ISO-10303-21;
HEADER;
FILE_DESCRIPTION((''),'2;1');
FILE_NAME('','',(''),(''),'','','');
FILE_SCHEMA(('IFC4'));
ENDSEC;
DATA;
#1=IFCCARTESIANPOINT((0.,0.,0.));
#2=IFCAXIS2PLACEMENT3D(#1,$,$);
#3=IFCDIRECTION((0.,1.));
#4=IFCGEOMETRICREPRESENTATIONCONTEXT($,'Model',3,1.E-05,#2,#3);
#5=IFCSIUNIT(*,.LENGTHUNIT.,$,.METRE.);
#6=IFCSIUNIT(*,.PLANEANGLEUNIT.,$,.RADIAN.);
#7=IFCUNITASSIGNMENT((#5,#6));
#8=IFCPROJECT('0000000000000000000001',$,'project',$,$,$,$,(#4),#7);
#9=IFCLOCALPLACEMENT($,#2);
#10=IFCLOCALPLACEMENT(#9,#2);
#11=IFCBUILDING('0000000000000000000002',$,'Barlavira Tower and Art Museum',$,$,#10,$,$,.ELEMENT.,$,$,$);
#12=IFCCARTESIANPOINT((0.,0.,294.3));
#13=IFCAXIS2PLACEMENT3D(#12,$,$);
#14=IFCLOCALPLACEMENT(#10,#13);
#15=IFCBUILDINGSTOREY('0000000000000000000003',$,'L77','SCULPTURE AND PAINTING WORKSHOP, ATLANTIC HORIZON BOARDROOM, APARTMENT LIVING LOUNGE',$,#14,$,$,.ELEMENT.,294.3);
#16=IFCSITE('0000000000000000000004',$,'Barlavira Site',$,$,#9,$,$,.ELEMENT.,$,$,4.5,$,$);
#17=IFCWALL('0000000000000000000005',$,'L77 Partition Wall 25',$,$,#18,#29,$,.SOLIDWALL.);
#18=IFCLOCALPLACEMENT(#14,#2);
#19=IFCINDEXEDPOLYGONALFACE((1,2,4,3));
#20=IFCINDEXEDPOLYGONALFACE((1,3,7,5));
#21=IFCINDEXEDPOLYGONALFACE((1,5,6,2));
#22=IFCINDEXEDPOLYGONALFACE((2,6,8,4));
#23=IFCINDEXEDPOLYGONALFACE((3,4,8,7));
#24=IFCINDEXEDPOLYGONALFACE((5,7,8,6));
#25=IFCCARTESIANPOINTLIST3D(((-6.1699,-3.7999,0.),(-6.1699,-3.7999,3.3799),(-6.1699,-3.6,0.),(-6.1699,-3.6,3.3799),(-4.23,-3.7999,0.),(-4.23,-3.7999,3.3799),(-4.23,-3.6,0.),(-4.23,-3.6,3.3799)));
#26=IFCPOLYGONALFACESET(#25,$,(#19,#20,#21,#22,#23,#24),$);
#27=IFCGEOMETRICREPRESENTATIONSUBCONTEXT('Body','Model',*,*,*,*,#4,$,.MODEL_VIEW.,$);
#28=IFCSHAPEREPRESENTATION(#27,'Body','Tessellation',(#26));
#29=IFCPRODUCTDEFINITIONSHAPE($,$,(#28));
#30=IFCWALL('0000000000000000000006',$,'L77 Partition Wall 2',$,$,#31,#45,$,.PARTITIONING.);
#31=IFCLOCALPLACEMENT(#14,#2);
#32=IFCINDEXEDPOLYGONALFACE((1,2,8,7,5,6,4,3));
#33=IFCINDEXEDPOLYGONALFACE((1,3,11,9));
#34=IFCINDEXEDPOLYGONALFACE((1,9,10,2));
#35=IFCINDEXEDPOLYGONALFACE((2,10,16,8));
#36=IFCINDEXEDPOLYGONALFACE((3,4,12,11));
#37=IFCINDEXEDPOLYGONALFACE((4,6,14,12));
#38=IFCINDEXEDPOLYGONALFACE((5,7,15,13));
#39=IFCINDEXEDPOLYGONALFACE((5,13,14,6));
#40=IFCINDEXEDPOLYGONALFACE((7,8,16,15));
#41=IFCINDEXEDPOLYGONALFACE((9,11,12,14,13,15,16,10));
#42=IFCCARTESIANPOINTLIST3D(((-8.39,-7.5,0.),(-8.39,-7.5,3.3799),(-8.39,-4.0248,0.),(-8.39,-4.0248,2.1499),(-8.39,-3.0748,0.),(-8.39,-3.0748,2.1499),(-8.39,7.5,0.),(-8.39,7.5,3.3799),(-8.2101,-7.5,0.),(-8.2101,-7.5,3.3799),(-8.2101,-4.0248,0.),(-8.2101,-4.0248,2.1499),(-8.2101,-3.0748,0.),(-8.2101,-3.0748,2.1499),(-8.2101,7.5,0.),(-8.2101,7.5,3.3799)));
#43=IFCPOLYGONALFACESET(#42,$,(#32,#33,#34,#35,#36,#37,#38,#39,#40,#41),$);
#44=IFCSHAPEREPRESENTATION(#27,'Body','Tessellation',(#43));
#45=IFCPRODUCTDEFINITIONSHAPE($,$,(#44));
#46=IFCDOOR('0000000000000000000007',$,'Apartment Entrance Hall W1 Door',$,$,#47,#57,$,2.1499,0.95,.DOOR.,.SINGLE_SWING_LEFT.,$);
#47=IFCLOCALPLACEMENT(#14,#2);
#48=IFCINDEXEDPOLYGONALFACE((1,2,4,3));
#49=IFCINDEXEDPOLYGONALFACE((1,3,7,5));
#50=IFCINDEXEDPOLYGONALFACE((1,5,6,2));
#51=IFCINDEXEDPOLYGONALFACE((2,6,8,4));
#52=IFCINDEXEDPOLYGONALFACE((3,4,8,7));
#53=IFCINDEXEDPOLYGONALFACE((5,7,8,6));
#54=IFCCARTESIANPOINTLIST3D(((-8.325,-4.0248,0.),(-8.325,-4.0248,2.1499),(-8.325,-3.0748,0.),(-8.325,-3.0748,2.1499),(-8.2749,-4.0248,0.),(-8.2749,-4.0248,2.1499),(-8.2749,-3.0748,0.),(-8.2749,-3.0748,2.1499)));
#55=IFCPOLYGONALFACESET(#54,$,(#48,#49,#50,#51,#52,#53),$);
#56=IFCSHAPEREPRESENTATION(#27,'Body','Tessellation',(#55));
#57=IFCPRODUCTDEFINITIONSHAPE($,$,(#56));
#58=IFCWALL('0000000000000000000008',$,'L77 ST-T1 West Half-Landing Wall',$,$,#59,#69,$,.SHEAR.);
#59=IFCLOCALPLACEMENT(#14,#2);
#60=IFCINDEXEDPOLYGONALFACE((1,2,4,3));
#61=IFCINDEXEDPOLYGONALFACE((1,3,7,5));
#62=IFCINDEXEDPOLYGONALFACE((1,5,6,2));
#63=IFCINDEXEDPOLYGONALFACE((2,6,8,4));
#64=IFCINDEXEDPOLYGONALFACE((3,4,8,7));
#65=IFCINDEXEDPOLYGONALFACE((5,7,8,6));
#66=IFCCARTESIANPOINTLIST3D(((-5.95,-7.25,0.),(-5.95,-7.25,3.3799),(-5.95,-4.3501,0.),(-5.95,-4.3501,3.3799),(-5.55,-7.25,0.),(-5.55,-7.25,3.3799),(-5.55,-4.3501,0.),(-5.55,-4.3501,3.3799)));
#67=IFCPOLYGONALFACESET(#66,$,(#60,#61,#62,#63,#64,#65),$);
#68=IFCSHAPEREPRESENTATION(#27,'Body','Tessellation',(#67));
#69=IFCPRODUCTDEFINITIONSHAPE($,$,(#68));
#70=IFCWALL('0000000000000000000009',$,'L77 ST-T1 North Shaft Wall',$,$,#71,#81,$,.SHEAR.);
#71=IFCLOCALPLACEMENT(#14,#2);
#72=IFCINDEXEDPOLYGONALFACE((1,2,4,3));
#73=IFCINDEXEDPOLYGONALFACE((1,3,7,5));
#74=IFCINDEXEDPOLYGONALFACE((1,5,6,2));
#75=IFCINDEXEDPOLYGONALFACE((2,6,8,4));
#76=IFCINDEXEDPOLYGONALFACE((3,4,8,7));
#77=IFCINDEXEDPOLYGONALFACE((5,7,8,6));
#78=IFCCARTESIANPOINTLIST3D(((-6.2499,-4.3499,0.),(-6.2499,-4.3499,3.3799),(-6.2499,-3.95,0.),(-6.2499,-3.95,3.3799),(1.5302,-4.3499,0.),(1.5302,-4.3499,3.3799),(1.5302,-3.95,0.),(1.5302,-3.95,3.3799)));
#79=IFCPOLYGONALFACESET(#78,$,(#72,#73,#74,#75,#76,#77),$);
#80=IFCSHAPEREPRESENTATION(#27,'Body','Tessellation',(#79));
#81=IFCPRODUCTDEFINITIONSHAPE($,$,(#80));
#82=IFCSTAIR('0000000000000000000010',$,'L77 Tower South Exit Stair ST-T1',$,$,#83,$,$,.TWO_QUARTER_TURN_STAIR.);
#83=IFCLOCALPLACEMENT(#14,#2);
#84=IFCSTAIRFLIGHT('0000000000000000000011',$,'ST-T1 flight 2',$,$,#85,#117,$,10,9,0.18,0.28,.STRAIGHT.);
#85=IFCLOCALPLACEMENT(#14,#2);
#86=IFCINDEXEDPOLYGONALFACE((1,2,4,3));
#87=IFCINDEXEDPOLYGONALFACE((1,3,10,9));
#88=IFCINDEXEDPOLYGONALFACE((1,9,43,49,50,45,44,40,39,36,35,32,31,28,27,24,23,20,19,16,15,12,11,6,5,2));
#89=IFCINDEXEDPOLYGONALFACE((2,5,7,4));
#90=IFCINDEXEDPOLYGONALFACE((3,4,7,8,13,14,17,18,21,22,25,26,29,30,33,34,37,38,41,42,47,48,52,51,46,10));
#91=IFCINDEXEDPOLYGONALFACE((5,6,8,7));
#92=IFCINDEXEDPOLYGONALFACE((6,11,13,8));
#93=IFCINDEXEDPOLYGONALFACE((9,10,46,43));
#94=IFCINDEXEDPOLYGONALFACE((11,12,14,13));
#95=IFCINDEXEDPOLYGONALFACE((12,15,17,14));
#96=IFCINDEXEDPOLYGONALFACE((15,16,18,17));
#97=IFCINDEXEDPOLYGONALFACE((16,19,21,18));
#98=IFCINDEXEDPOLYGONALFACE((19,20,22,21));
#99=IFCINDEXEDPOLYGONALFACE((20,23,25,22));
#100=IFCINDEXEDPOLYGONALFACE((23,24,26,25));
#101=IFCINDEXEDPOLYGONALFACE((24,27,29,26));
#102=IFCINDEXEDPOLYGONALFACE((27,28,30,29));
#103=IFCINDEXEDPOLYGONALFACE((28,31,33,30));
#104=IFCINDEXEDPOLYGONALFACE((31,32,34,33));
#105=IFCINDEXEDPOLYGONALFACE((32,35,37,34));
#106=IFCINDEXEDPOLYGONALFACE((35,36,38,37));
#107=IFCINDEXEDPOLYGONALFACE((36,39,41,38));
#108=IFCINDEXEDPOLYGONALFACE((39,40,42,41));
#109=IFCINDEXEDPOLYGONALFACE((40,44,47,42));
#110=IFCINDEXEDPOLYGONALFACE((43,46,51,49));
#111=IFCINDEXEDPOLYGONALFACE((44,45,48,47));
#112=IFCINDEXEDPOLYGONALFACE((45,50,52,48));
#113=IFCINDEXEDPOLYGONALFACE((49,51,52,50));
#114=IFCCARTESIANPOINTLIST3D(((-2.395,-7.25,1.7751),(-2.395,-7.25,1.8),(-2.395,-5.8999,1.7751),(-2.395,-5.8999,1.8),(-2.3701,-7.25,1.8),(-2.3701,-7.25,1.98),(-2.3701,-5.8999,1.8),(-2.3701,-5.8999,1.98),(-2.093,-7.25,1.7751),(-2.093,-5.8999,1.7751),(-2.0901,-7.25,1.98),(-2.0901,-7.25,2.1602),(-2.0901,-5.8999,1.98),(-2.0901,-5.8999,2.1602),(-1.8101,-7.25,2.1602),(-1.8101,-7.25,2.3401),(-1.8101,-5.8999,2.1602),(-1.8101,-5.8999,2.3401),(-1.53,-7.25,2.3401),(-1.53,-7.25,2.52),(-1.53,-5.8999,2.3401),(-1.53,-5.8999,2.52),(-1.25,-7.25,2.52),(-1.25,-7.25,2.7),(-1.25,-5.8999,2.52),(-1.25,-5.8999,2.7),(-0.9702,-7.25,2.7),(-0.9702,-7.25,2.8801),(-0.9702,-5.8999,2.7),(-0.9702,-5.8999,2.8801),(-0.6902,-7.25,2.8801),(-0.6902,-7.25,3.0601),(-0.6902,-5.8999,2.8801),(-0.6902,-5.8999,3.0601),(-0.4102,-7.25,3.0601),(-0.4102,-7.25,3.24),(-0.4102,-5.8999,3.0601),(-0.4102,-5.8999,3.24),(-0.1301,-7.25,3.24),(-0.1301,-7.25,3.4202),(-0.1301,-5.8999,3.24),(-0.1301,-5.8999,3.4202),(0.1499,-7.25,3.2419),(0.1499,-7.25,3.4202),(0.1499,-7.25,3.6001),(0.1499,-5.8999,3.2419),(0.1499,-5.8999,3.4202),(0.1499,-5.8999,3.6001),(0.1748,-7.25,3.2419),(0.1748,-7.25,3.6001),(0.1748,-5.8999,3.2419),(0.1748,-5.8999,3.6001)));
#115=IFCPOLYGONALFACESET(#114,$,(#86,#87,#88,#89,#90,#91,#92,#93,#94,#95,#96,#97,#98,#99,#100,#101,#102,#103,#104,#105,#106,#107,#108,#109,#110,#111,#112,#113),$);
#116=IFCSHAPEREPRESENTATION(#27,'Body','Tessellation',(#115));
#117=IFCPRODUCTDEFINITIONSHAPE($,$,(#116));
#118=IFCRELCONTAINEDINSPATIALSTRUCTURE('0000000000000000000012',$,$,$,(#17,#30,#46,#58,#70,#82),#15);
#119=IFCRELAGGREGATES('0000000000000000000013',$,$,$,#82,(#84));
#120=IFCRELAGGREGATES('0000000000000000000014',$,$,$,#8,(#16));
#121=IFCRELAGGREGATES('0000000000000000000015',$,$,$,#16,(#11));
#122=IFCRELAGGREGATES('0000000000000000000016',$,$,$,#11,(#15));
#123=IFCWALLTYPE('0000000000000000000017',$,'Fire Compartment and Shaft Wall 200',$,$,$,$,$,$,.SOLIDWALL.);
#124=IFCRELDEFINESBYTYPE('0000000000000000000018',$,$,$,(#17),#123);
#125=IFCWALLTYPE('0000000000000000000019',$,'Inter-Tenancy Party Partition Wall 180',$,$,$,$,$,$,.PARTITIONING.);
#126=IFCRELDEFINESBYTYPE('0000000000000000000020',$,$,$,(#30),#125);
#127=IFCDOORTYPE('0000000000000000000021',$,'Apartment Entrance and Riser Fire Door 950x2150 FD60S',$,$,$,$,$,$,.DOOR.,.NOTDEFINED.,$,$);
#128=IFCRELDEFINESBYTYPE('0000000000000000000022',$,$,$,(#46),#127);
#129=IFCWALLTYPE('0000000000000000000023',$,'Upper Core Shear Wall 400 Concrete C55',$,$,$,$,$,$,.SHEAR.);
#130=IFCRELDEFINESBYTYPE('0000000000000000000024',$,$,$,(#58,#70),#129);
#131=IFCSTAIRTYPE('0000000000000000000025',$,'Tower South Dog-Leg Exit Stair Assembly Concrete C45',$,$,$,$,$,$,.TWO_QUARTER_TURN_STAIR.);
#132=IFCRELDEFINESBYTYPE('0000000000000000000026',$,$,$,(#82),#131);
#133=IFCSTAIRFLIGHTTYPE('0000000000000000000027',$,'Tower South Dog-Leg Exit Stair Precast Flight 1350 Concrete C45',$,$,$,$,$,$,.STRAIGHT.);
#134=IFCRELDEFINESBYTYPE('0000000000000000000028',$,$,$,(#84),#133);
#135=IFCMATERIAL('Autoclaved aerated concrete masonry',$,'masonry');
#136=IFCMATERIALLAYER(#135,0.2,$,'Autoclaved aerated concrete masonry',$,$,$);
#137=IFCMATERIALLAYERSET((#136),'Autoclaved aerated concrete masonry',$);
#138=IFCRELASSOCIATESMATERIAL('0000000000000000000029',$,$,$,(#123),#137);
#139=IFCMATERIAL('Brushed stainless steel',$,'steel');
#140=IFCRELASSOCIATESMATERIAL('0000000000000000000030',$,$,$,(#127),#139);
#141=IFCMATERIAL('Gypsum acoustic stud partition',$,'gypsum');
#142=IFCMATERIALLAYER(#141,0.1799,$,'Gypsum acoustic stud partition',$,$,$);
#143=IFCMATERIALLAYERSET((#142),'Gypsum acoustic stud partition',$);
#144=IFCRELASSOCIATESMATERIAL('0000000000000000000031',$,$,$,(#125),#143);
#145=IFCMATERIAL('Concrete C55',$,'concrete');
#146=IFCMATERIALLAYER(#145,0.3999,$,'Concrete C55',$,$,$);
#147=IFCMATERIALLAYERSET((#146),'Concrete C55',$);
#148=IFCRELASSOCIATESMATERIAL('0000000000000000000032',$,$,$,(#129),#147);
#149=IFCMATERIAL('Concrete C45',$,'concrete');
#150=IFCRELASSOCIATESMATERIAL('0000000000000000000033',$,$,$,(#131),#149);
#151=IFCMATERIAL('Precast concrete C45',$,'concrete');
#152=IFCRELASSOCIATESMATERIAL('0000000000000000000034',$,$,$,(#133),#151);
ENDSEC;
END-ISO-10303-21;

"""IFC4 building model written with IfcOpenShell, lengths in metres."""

from ifc_helpers import new_model, si_unit, direction, frame, frame_2d, origin, place, context, subcontext, project, spatial, polyline, rectangle, outline, extrude, material, layer, layer_set, type_object, element, fill, aggregate, save


model = new_model("IFC4")

# Units and contexts
model_context = context("Model", 3, precision=1e-05, world=origin(), true_north=direction((0.0, 1.0)))
body_context = subcontext(model_context, "Body", "Model", "MODEL_VIEW")
ifc_project = project(units=[si_unit("LENGTHUNIT", "METRE"), si_unit("PLANEANGLEUNIT", "RADIAN")], contexts=[model_context])

# Site, building, storey
site_placement = place(None, origin())
site = spatial("IfcSite", under=ifc_project, at=site_placement, Name="Barlavira Site", CompositionType="ELEMENT", RefElevation=4.5)
building_placement = place(site_placement, origin())
building = spatial("IfcBuilding", under=site, at=building_placement, Name="Barlavira Tower and Art Museum", CompositionType="ELEMENT")
storey_placement = place(building_placement, frame((0.0, 0.0, 294.3)))
storey = spatial("IfcBuildingStorey", under=building, at=storey_placement, Name="L77", Description="SCULPTURE AND PAINTING WORKSHOP, ATLANTIC HORIZON BOARDROOM, APARTMENT LIVING LOUNGE", CompositionType="ELEMENT", Elevation=294.3)

# Shared definitions
ifc_material_1 = material(Name="Gypsum acoustic stud partition", Category="gypsum")

# Shared definitions
ifc_material_2 = material(Name="Autoclaved aerated concrete masonry", Category="masonry")
ifc_layer_1 = layer(ifc_material_2, 0.2, Name="Autoclaved aerated concrete masonry")
ifc_layer_set_1 = layer_set([ifc_layer_1], Name="Autoclaved aerated concrete masonry")
wall_type_1 = type_object("IfcWallType", Name="Fire Compartment and Shaft Wall 200", PredefinedType="SOLIDWALL", material=ifc_layer_set_1)

# Shared definitions
ifc_material_3 = material(Name="Brushed stainless steel", Category="steel")
door_type_1 = type_object("IfcDoorType", Name="Apartment Entrance and Riser Fire Door 950x2150 FD60S", OperationType="NOTDEFINED", PredefinedType="DOOR", material=ifc_material_3)

# Wall
wall_1_placement = place(storey_placement, frame((-6.1699, -3.7, 0.0), z_axis=(0.0, 0.0, 1.0), x_axis=(1.0, 0.0, 0.0)))
element("IfcWall", 1, at=wall_1_placement, inside=storey, type_object=wall_type_1, Name="L77 Partition Wall 25", PredefinedType="SOLIDWALL", context=body_context, shape_type="SweptSolid", body=[
    extrude(rectangle(XDim=1.9399, YDim=0.2, at=frame_2d((0.97, 0.0))), origin(), (0.0, 0.0, 1.0), 3.3799),
])

# Wall, opening, door
ifc_layer_2 = layer(ifc_material_1, 0.1799, Name="Gypsum acoustic stud partition")
ifc_layer_set_2 = layer_set([ifc_layer_2], Name="Gypsum acoustic stud partition")
wall_type_2 = type_object("IfcWallType", Name="Inter-Tenancy Party Partition Wall 180", PredefinedType="PARTITIONING", material=ifc_layer_set_2)
wall_2_placement = place(storey_placement, frame((-8.3, -7.5, 0.0), z_axis=(0.0, 0.0, 1.0), x_axis=(0.0, 1.0, 0.0)))
wall_2 = element("IfcWall", 2, at=wall_2_placement, inside=storey, type_object=wall_type_2, Name="L77 Partition Wall 2", PredefinedType="PARTITIONING", context=body_context, shape_type="SweptSolid", body=[
    extrude(rectangle(XDim=15.0, YDim=0.1799, at=frame_2d((7.5, 0.0))), origin(), (0.0, 0.0, 1.0), 3.3799),
])
opening_1_placement = place(wall_2_placement, frame((3.4751, 0.0, 0.0)))
opening_1 = element("IfcOpeningElement", 3, at=opening_1_placement, cuts=wall_2, PredefinedType="OPENING", context=body_context, shape_type="SweptSolid", body=[
    extrude(rectangle(XDim=0.95, YDim=2.1499, at=frame_2d((0.4751, 1.075))), frame((0.0, 0.1001, 0.0), z_axis=(0.0, -1.0, 0.0), x_axis=(1.0, 0.0, 0.0)), (0.0, 0.0, 1.0), 0.2),
])
door_1_placement = place(opening_1_placement, origin())
door_1 = element("IfcDoor", 4, at=door_1_placement, inside=storey, type_object=door_type_1, Name="Apartment Entrance Hall W1 Door", OperationType="SINGLE_SWING_LEFT", OverallHeight=2.1499, OverallWidth=0.95, PredefinedType="DOOR", context=body_context, shape_type="SweptSolid", body=[
    extrude(rectangle(XDim=0.95, YDim=2.1499, at=frame_2d((0.4751, 1.075))), frame((0.0, 0.0249, 0.0), z_axis=(0.0, -1.0, 0.0), x_axis=(1.0, 0.0, 0.0)), (0.0, 0.0, 1.0), 0.05),
])
fill(opening_1, door_1)

# Walls
ifc_material_4 = material(Name="Concrete C55", Category="concrete")
ifc_layer_3 = layer(ifc_material_4, 0.3999, Name="Concrete C55")
ifc_layer_set_3 = layer_set([ifc_layer_3], Name="Concrete C55")
wall_type_3 = type_object("IfcWallType", Name="Upper Core Shear Wall 400 Concrete C55", PredefinedType="SHEAR", material=ifc_layer_set_3)
wall_3_placement = place(storey_placement, frame((-5.75, -7.25, 0.0), z_axis=(0.0, 0.0, 1.0), x_axis=(0.0, 1.0, 0.0)))
element("IfcWall", 5, at=wall_3_placement, inside=storey, type_object=wall_type_3, Name="L77 ST-T1 West Half-Landing Wall", PredefinedType="SHEAR", context=body_context, shape_type="SweptSolid", body=[
    extrude(rectangle(XDim=2.8999, YDim=0.3999, at=frame_2d((1.45, 0.0))), origin(), (0.0, 0.0, 1.0), 3.3799),
])
wall_4_placement = place(storey_placement, frame((-6.25, -4.1499, 0.0), z_axis=(0.0, 0.0, 1.0), x_axis=(1.0, 0.0, 0.0)))
element("IfcWall", 6, at=wall_4_placement, inside=storey, type_object=wall_type_3, Name="L77 ST-T1 North Shaft Wall", PredefinedType="SHEAR", context=body_context, shape_type="SweptSolid", body=[
    extrude(rectangle(XDim=7.78, YDim=0.3999, at=frame_2d((3.8901, 0.0))), origin(), (0.0, 0.0, 1.0), 3.3799),
])

# Stair, stair flight
ifc_material_5 = material(Name="Concrete C45", Category="concrete")
stair_type = type_object("IfcStairType", Name="Tower South Dog-Leg Exit Stair Assembly Concrete C45", PredefinedType="TWO_QUARTER_TURN_STAIR", material=ifc_material_5)
stair_placement = place(storey_placement, origin())
stair = element("IfcStair", 7, at=stair_placement, inside=storey, type_object=stair_type, Name="L77 Tower South Exit Stair ST-T1", PredefinedType="TWO_QUARTER_TURN_STAIR")
ifc_material_6 = material(Name="Precast concrete C45", Category="concrete")
stair_flight_type = type_object("IfcStairFlightType", Name="Tower South Dog-Leg Exit Stair Precast Flight 1350 Concrete C45", PredefinedType="STRAIGHT", material=ifc_material_6)
stair_flight_placement = place(storey_placement, frame((-2.3701, -6.575, 1.8), z_axis=(0.0, 0.0, 1.0), x_axis=(1.0, 0.0, 0.0)))
stair_flight = element("IfcStairFlight", 8, at=stair_flight_placement, type_object=stair_flight_type, Name="ST-T1 flight 2", NumberOfRisers=10, NumberOfTreads=9, PredefinedType="STRAIGHT", RiserHeight=0.18, TreadLength=0.28, context=body_context, shape_type="SweptSolid", body=[
    extrude(outline(polyline([(-0.0249, 0.0), (0.0, 0.0), (0.0, 0.1799), (0.28, 0.1799), (0.28, 0.3601), (0.5601, 0.3601), (0.5601, 0.54), (0.8401, 0.54), (0.8401, 0.72), (1.1201, 0.72), (1.1201, 0.8999), (1.3999, 0.8999), (1.3999, 1.0801), (1.6799, 1.0801), (1.6799, 1.26), (1.96, 1.26), (1.96, 1.4399), (2.24, 1.4399), (2.24, 1.6201), (2.52, 1.6201), (2.52, 1.8), (2.5449, 1.8), (2.5449, 1.4419), (2.52, 1.4419), (0.2771, -0.0249), (-0.0249, -0.0249), (-0.0249, 0.0)])), frame((0.0, 0.675, 0.0), z_axis=(0.0, -1.0, 0.0), x_axis=(1.0, 0.0, 0.0)), (0.0, 0.0, 1.0), 1.3501),
])
aggregate(stair, [stair_flight])

save(model, "model.ifc")
